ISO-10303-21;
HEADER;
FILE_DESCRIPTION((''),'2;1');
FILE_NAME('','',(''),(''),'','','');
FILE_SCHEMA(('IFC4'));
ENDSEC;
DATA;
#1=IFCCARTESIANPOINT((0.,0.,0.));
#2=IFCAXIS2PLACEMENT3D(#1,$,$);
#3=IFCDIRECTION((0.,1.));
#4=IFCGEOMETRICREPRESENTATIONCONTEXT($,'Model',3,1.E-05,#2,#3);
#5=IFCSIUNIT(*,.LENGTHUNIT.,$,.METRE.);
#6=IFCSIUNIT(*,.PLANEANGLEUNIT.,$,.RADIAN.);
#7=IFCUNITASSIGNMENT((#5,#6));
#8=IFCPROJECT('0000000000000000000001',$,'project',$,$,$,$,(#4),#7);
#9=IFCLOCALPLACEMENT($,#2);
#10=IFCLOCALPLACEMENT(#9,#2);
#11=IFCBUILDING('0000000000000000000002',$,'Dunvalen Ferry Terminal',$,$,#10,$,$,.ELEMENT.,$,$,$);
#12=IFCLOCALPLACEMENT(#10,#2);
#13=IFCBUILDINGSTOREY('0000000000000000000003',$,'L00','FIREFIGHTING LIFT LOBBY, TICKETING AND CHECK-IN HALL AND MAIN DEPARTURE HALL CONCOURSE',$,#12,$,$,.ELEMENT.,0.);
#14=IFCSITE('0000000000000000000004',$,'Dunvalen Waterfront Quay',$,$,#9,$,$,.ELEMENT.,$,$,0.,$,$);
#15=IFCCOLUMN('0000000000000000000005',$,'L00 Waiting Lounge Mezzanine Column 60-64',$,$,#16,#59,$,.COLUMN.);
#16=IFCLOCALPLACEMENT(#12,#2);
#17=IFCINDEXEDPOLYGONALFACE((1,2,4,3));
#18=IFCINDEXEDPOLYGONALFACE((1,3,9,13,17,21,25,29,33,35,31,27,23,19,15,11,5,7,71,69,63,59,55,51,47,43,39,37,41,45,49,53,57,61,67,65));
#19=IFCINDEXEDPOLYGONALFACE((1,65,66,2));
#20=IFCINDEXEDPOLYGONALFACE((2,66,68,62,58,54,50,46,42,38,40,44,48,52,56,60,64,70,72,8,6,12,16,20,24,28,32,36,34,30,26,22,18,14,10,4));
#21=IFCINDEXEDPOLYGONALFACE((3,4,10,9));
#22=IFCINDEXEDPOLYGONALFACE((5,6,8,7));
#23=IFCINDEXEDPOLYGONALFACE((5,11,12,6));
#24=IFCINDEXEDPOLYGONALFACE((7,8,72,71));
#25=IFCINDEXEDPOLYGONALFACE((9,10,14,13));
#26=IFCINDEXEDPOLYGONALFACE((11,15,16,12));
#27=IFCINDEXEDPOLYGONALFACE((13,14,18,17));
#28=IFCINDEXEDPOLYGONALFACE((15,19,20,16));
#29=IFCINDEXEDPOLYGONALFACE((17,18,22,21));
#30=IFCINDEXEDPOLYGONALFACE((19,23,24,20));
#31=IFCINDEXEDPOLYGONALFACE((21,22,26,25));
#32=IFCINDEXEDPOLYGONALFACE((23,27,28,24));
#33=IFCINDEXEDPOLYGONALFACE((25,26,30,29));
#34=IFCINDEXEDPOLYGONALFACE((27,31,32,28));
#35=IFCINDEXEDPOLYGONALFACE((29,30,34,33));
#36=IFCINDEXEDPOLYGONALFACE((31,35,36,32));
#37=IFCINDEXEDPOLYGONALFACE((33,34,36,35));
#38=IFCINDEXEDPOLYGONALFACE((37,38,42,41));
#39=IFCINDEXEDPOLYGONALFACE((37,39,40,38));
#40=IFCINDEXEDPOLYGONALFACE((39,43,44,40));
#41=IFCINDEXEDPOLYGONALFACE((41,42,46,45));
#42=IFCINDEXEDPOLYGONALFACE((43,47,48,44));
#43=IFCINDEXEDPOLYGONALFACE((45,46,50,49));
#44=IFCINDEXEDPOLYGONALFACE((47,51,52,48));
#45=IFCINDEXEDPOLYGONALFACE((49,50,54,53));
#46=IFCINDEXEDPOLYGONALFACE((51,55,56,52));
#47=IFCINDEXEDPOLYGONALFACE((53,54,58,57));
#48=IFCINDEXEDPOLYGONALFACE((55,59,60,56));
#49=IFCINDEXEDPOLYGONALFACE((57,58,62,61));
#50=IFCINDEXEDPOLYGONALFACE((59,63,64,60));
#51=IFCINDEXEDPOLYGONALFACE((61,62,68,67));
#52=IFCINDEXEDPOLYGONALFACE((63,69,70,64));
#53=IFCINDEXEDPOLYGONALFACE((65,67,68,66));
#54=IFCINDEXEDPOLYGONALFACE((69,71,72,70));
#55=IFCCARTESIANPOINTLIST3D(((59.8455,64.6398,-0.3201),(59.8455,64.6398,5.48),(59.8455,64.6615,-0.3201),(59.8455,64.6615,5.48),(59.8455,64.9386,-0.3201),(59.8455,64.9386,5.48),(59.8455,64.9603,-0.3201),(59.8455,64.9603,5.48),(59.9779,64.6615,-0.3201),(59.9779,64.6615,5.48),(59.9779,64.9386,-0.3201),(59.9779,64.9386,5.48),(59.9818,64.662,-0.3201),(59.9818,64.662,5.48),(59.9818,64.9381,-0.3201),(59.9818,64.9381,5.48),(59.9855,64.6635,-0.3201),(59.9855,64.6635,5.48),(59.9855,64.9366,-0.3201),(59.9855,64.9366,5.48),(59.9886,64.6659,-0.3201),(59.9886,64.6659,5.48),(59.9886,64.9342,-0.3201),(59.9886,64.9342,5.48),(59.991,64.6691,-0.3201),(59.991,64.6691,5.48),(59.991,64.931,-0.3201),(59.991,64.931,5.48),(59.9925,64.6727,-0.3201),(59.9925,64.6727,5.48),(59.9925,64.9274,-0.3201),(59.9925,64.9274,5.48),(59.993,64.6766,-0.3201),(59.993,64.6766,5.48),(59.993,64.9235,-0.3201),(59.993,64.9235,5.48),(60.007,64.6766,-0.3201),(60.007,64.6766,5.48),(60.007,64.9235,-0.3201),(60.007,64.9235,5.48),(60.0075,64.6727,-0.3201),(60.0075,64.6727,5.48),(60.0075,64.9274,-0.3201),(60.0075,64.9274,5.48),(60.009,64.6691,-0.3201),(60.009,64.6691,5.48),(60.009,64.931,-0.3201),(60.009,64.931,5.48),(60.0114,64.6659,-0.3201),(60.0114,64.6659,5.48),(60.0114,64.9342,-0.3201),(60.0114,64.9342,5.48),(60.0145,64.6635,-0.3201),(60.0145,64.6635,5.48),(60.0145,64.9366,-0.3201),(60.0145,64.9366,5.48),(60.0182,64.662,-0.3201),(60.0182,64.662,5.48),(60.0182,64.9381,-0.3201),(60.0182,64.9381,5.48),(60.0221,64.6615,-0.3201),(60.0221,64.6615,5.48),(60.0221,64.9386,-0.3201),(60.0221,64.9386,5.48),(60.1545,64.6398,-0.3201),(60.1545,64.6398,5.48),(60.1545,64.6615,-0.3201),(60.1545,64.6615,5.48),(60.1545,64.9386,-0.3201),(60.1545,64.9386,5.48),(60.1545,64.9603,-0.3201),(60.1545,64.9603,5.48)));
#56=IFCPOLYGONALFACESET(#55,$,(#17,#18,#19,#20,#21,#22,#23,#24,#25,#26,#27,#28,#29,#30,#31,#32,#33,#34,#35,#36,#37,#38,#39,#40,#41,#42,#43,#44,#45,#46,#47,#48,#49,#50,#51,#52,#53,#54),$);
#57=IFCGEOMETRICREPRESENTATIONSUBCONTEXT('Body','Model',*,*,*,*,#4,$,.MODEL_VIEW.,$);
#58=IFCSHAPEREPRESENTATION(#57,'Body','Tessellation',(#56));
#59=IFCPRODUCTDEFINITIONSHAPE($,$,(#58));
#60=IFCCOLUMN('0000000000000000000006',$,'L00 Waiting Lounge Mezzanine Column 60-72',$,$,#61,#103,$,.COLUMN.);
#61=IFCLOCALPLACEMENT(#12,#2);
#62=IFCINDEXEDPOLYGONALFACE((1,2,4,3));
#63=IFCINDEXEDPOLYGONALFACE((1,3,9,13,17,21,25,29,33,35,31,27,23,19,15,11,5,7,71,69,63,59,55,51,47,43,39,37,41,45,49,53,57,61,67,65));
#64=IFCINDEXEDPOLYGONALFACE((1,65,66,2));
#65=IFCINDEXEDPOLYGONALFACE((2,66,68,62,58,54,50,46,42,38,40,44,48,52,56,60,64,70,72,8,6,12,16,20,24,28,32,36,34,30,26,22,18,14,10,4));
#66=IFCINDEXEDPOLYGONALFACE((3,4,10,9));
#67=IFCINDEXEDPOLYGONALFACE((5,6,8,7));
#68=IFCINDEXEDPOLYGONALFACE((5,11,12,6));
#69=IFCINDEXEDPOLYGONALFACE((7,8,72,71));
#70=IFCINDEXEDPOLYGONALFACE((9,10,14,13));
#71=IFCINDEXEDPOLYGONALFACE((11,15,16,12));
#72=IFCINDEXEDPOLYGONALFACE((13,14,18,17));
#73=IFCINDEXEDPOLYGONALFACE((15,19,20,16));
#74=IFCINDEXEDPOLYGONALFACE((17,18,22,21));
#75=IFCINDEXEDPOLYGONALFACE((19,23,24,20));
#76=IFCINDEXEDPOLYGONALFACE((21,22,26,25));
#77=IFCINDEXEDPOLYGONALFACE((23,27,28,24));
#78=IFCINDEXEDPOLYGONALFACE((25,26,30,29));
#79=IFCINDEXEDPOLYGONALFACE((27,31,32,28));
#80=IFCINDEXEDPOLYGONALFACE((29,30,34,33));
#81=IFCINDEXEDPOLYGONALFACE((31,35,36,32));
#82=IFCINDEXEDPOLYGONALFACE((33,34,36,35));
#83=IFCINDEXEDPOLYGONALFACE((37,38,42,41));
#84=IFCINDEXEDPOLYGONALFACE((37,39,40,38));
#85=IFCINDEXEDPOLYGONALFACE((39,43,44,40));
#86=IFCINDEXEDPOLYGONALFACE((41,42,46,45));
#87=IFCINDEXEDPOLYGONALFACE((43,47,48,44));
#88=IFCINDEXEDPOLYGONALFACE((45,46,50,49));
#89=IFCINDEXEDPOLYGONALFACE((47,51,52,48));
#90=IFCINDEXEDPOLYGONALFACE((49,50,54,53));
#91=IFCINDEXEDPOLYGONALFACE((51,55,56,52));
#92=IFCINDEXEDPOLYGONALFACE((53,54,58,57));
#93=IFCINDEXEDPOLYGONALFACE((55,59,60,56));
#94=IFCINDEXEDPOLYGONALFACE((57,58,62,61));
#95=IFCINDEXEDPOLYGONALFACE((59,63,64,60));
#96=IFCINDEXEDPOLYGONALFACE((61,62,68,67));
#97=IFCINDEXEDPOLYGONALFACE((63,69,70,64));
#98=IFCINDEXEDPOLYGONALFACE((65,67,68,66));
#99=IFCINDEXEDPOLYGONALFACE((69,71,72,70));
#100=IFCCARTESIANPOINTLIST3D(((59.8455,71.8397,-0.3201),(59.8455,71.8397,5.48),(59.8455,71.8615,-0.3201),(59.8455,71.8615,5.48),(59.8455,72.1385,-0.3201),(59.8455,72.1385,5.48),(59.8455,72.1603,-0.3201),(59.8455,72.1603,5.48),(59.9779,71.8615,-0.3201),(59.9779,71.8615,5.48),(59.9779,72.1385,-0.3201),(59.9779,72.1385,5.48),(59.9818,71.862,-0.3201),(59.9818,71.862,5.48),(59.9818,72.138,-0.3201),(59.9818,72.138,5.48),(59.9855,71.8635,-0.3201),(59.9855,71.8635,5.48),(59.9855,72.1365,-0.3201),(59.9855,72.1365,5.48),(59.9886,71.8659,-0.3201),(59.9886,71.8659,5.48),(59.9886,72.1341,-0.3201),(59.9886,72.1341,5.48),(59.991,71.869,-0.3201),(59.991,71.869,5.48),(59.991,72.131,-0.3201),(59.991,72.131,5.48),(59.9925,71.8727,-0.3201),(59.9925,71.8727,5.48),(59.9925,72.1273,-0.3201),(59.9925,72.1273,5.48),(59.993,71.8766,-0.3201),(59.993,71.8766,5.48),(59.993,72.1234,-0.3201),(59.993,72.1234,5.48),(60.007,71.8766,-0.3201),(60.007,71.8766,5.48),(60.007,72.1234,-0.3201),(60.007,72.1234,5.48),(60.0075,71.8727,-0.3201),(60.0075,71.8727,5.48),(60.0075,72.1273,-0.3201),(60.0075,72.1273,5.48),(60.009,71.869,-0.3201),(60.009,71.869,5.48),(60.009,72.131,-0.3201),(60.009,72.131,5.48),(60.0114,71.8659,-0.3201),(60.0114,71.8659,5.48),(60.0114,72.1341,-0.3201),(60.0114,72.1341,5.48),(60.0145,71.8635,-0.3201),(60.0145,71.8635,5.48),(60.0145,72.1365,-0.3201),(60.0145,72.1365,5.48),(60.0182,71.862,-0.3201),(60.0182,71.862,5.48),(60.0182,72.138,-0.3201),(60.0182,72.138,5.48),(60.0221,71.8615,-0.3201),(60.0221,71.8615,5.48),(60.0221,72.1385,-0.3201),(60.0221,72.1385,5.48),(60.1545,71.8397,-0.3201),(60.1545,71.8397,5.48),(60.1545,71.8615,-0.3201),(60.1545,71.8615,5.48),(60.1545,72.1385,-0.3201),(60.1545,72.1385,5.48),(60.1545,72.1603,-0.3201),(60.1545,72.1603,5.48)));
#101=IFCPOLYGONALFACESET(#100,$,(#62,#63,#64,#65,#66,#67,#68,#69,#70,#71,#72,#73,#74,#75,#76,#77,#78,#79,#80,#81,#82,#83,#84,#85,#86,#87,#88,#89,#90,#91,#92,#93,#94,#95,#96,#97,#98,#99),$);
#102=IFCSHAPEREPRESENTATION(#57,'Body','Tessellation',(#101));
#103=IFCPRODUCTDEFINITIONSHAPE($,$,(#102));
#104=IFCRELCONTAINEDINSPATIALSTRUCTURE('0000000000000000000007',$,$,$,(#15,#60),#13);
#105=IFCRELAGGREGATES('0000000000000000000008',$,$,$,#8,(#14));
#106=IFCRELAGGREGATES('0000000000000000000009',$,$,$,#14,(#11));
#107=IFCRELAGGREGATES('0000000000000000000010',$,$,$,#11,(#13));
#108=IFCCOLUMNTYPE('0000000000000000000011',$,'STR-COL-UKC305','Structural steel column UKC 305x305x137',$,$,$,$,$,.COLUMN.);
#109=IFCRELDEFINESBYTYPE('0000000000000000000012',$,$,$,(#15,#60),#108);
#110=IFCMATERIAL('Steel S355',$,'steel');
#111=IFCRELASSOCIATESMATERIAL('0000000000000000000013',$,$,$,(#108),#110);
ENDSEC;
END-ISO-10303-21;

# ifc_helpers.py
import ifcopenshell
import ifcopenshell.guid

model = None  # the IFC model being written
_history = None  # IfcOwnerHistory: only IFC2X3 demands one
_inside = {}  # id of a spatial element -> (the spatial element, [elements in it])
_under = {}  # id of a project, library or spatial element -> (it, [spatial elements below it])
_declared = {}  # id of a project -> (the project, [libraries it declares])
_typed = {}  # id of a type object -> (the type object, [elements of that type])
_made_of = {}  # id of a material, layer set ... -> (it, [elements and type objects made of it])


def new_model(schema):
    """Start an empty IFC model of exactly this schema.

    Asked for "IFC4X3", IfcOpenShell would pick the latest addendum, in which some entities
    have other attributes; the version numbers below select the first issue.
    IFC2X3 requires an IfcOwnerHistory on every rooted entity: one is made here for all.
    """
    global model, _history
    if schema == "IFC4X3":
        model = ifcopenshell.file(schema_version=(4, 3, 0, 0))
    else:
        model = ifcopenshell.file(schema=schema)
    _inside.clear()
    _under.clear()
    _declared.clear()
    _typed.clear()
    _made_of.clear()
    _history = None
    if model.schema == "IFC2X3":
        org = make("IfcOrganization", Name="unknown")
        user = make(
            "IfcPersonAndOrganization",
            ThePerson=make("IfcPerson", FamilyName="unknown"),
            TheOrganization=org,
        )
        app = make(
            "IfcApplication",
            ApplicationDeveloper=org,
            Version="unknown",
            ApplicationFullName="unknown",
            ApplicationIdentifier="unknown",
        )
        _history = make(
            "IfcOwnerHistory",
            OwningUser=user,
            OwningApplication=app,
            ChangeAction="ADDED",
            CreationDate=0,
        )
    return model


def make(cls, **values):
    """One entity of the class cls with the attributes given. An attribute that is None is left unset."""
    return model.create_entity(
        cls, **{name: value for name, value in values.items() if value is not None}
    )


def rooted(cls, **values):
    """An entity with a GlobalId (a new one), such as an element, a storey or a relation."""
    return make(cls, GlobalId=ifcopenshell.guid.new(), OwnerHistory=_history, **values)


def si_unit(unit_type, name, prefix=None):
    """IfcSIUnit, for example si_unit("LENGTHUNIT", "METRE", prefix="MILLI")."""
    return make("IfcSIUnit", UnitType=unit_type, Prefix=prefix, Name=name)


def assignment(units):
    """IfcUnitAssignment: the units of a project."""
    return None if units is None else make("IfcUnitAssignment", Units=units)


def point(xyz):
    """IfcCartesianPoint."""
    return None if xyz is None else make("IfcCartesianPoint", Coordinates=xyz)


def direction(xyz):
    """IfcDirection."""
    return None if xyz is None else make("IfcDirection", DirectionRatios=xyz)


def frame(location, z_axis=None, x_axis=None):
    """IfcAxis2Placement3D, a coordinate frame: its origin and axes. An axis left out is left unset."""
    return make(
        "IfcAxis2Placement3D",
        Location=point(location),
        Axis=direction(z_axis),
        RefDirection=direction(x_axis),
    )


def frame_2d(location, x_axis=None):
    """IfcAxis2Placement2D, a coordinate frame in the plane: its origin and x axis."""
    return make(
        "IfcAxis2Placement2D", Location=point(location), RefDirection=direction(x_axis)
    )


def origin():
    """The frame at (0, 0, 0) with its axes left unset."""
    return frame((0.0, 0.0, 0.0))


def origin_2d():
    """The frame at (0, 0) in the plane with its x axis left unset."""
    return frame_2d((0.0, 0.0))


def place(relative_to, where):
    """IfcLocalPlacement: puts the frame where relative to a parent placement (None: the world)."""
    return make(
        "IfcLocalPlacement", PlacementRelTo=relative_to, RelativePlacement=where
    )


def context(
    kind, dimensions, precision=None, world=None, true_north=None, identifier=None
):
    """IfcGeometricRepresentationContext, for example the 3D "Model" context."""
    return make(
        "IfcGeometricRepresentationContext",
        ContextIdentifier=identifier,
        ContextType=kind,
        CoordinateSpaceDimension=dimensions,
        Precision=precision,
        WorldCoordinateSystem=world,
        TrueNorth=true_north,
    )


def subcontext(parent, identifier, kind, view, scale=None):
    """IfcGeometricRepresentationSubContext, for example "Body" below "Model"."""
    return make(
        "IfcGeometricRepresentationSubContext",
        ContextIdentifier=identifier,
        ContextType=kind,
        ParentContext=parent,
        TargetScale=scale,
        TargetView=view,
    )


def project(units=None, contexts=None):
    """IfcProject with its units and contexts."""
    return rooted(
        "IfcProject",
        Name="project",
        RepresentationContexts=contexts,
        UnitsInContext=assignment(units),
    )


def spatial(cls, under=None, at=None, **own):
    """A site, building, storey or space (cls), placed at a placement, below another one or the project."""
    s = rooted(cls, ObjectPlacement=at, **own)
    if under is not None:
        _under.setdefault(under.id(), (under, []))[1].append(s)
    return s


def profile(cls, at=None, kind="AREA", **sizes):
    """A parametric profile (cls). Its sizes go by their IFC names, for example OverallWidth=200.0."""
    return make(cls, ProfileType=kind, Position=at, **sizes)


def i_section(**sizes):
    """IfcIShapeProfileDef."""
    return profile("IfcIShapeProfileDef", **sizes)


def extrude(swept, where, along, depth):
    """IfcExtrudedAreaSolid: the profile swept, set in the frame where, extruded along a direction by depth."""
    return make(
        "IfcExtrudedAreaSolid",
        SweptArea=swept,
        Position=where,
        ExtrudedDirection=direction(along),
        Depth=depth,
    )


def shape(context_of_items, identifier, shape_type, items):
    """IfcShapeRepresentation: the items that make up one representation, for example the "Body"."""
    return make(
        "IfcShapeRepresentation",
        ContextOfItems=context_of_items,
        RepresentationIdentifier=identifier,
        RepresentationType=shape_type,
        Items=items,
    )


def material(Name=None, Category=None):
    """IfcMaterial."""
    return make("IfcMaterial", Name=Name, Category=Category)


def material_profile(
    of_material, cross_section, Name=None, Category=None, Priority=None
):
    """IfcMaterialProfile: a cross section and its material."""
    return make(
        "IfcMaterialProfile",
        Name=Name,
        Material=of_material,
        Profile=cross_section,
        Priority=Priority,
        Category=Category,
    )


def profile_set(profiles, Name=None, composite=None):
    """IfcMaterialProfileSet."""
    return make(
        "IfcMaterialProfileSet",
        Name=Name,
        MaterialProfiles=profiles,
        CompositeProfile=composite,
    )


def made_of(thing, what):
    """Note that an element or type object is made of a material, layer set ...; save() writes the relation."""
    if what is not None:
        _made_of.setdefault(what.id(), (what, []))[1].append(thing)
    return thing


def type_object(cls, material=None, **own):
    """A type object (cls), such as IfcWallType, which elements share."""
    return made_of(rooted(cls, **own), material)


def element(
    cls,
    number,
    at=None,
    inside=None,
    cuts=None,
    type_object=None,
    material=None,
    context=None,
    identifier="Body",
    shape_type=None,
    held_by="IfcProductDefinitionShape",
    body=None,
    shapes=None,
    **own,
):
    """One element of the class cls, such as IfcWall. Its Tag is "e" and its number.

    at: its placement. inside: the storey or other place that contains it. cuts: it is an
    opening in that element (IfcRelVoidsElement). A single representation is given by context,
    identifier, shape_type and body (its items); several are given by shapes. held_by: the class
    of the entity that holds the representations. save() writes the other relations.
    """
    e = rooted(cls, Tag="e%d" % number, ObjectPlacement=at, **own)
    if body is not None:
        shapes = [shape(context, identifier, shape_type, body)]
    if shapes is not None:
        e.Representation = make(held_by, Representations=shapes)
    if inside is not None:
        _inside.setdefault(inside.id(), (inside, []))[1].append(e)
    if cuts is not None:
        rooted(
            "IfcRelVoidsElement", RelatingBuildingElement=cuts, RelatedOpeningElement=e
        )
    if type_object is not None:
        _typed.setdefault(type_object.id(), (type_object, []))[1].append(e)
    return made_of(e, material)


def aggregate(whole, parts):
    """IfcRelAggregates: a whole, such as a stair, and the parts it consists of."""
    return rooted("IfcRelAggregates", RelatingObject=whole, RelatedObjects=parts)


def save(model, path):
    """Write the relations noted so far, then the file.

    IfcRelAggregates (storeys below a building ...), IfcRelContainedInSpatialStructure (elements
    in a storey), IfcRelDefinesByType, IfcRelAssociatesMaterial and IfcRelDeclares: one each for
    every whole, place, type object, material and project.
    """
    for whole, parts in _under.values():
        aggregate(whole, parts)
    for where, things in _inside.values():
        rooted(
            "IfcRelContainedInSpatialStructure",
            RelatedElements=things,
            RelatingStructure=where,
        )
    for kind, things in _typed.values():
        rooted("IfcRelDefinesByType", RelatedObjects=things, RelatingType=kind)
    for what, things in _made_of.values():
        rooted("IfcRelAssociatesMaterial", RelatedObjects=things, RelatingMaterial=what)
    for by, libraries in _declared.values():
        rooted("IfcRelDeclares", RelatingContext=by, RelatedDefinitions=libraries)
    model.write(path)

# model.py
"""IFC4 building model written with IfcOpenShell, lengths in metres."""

from ifc_helpers import new_model, si_unit, direction, frame, origin, origin_2d, place, context, subcontext, project, spatial, i_section, extrude, material, material_profile, profile_set, type_object, element, save


model = new_model("IFC4")

# Units and contexts
model_context = context("Model", 3, precision=1e-05, world=origin(), true_north=direction((0.0, 1.0)))
body_context = subcontext(model_context, "Body", "Model", "MODEL_VIEW")
ifc_project = project(units=[si_unit("LENGTHUNIT", "METRE"), si_unit("PLANEANGLEUNIT", "RADIAN")], contexts=[model_context])

# Site, building, storey
site_placement = place(None, origin())
site = spatial("IfcSite", under=ifc_project, at=site_placement, Name="Dunvalen Waterfront Quay", CompositionType="ELEMENT", RefElevation=0.0)
building_placement = place(site_placement, origin())
building = spatial("IfcBuilding", under=site, at=building_placement, Name="Dunvalen Ferry Terminal", CompositionType="ELEMENT")
storey_placement = place(building_placement, origin())
storey = spatial("IfcBuildingStorey", under=building, at=storey_placement, Name="L00", Description="FIREFIGHTING LIFT LOBBY, TICKETING AND CHECK-IN HALL AND MAIN DEPARTURE HALL CONCOURSE", CompositionType="ELEMENT", Elevation=0.0)

# Columns
ifc_material_1 = material(Name="Steel S355", Category="steel")
ifc_material_profile_1 = material_profile(ifc_material_1, i_section(OverallWidth=0.3091, OverallDepth=0.3206, WebThickness=0.0139, FlangeThickness=0.0217, FilletRadius=0.0151, at=origin_2d()), Name="Steel S355")
ifc_profile_set_1 = profile_set([ifc_material_profile_1], Name="Steel S355")
column_type_1 = type_object("IfcColumnType", Name="STR-COL-UKC305", Description="Structural steel column UKC 305x305x137", PredefinedType="COLUMN", material=ifc_profile_set_1)
for number, where, z_axis, x_axis, name in (
    (1, (60.0, 64.8, -0.3201), (0.0, 0.0, 1.0), (1.0, 0.0, 0.0), "L00 Waiting Lounge Mezzanine Column 60-64"),
    (2, (60.0, 72.0, -0.3201), (0.0, 0.0, 1.0), (1.0, 0.0, 0.0), "L00 Waiting Lounge Mezzanine Column 60-72"),
):
    element("IfcColumn", number, at=place(storey_placement, frame(where, z_axis=z_axis, x_axis=x_axis)), inside=storey, type_object=column_type_1, Name=name, PredefinedType="COLUMN", context=body_context, shape_type="SweptSolid", body=[
        extrude(i_section(OverallWidth=0.3091, OverallDepth=0.3206, WebThickness=0.0139, FlangeThickness=0.0217, FilletRadius=0.0151, at=origin_2d()), origin(), (0.0, 0.0, 1.0), 5.8),
    ])

save(model, "model.ifc")
